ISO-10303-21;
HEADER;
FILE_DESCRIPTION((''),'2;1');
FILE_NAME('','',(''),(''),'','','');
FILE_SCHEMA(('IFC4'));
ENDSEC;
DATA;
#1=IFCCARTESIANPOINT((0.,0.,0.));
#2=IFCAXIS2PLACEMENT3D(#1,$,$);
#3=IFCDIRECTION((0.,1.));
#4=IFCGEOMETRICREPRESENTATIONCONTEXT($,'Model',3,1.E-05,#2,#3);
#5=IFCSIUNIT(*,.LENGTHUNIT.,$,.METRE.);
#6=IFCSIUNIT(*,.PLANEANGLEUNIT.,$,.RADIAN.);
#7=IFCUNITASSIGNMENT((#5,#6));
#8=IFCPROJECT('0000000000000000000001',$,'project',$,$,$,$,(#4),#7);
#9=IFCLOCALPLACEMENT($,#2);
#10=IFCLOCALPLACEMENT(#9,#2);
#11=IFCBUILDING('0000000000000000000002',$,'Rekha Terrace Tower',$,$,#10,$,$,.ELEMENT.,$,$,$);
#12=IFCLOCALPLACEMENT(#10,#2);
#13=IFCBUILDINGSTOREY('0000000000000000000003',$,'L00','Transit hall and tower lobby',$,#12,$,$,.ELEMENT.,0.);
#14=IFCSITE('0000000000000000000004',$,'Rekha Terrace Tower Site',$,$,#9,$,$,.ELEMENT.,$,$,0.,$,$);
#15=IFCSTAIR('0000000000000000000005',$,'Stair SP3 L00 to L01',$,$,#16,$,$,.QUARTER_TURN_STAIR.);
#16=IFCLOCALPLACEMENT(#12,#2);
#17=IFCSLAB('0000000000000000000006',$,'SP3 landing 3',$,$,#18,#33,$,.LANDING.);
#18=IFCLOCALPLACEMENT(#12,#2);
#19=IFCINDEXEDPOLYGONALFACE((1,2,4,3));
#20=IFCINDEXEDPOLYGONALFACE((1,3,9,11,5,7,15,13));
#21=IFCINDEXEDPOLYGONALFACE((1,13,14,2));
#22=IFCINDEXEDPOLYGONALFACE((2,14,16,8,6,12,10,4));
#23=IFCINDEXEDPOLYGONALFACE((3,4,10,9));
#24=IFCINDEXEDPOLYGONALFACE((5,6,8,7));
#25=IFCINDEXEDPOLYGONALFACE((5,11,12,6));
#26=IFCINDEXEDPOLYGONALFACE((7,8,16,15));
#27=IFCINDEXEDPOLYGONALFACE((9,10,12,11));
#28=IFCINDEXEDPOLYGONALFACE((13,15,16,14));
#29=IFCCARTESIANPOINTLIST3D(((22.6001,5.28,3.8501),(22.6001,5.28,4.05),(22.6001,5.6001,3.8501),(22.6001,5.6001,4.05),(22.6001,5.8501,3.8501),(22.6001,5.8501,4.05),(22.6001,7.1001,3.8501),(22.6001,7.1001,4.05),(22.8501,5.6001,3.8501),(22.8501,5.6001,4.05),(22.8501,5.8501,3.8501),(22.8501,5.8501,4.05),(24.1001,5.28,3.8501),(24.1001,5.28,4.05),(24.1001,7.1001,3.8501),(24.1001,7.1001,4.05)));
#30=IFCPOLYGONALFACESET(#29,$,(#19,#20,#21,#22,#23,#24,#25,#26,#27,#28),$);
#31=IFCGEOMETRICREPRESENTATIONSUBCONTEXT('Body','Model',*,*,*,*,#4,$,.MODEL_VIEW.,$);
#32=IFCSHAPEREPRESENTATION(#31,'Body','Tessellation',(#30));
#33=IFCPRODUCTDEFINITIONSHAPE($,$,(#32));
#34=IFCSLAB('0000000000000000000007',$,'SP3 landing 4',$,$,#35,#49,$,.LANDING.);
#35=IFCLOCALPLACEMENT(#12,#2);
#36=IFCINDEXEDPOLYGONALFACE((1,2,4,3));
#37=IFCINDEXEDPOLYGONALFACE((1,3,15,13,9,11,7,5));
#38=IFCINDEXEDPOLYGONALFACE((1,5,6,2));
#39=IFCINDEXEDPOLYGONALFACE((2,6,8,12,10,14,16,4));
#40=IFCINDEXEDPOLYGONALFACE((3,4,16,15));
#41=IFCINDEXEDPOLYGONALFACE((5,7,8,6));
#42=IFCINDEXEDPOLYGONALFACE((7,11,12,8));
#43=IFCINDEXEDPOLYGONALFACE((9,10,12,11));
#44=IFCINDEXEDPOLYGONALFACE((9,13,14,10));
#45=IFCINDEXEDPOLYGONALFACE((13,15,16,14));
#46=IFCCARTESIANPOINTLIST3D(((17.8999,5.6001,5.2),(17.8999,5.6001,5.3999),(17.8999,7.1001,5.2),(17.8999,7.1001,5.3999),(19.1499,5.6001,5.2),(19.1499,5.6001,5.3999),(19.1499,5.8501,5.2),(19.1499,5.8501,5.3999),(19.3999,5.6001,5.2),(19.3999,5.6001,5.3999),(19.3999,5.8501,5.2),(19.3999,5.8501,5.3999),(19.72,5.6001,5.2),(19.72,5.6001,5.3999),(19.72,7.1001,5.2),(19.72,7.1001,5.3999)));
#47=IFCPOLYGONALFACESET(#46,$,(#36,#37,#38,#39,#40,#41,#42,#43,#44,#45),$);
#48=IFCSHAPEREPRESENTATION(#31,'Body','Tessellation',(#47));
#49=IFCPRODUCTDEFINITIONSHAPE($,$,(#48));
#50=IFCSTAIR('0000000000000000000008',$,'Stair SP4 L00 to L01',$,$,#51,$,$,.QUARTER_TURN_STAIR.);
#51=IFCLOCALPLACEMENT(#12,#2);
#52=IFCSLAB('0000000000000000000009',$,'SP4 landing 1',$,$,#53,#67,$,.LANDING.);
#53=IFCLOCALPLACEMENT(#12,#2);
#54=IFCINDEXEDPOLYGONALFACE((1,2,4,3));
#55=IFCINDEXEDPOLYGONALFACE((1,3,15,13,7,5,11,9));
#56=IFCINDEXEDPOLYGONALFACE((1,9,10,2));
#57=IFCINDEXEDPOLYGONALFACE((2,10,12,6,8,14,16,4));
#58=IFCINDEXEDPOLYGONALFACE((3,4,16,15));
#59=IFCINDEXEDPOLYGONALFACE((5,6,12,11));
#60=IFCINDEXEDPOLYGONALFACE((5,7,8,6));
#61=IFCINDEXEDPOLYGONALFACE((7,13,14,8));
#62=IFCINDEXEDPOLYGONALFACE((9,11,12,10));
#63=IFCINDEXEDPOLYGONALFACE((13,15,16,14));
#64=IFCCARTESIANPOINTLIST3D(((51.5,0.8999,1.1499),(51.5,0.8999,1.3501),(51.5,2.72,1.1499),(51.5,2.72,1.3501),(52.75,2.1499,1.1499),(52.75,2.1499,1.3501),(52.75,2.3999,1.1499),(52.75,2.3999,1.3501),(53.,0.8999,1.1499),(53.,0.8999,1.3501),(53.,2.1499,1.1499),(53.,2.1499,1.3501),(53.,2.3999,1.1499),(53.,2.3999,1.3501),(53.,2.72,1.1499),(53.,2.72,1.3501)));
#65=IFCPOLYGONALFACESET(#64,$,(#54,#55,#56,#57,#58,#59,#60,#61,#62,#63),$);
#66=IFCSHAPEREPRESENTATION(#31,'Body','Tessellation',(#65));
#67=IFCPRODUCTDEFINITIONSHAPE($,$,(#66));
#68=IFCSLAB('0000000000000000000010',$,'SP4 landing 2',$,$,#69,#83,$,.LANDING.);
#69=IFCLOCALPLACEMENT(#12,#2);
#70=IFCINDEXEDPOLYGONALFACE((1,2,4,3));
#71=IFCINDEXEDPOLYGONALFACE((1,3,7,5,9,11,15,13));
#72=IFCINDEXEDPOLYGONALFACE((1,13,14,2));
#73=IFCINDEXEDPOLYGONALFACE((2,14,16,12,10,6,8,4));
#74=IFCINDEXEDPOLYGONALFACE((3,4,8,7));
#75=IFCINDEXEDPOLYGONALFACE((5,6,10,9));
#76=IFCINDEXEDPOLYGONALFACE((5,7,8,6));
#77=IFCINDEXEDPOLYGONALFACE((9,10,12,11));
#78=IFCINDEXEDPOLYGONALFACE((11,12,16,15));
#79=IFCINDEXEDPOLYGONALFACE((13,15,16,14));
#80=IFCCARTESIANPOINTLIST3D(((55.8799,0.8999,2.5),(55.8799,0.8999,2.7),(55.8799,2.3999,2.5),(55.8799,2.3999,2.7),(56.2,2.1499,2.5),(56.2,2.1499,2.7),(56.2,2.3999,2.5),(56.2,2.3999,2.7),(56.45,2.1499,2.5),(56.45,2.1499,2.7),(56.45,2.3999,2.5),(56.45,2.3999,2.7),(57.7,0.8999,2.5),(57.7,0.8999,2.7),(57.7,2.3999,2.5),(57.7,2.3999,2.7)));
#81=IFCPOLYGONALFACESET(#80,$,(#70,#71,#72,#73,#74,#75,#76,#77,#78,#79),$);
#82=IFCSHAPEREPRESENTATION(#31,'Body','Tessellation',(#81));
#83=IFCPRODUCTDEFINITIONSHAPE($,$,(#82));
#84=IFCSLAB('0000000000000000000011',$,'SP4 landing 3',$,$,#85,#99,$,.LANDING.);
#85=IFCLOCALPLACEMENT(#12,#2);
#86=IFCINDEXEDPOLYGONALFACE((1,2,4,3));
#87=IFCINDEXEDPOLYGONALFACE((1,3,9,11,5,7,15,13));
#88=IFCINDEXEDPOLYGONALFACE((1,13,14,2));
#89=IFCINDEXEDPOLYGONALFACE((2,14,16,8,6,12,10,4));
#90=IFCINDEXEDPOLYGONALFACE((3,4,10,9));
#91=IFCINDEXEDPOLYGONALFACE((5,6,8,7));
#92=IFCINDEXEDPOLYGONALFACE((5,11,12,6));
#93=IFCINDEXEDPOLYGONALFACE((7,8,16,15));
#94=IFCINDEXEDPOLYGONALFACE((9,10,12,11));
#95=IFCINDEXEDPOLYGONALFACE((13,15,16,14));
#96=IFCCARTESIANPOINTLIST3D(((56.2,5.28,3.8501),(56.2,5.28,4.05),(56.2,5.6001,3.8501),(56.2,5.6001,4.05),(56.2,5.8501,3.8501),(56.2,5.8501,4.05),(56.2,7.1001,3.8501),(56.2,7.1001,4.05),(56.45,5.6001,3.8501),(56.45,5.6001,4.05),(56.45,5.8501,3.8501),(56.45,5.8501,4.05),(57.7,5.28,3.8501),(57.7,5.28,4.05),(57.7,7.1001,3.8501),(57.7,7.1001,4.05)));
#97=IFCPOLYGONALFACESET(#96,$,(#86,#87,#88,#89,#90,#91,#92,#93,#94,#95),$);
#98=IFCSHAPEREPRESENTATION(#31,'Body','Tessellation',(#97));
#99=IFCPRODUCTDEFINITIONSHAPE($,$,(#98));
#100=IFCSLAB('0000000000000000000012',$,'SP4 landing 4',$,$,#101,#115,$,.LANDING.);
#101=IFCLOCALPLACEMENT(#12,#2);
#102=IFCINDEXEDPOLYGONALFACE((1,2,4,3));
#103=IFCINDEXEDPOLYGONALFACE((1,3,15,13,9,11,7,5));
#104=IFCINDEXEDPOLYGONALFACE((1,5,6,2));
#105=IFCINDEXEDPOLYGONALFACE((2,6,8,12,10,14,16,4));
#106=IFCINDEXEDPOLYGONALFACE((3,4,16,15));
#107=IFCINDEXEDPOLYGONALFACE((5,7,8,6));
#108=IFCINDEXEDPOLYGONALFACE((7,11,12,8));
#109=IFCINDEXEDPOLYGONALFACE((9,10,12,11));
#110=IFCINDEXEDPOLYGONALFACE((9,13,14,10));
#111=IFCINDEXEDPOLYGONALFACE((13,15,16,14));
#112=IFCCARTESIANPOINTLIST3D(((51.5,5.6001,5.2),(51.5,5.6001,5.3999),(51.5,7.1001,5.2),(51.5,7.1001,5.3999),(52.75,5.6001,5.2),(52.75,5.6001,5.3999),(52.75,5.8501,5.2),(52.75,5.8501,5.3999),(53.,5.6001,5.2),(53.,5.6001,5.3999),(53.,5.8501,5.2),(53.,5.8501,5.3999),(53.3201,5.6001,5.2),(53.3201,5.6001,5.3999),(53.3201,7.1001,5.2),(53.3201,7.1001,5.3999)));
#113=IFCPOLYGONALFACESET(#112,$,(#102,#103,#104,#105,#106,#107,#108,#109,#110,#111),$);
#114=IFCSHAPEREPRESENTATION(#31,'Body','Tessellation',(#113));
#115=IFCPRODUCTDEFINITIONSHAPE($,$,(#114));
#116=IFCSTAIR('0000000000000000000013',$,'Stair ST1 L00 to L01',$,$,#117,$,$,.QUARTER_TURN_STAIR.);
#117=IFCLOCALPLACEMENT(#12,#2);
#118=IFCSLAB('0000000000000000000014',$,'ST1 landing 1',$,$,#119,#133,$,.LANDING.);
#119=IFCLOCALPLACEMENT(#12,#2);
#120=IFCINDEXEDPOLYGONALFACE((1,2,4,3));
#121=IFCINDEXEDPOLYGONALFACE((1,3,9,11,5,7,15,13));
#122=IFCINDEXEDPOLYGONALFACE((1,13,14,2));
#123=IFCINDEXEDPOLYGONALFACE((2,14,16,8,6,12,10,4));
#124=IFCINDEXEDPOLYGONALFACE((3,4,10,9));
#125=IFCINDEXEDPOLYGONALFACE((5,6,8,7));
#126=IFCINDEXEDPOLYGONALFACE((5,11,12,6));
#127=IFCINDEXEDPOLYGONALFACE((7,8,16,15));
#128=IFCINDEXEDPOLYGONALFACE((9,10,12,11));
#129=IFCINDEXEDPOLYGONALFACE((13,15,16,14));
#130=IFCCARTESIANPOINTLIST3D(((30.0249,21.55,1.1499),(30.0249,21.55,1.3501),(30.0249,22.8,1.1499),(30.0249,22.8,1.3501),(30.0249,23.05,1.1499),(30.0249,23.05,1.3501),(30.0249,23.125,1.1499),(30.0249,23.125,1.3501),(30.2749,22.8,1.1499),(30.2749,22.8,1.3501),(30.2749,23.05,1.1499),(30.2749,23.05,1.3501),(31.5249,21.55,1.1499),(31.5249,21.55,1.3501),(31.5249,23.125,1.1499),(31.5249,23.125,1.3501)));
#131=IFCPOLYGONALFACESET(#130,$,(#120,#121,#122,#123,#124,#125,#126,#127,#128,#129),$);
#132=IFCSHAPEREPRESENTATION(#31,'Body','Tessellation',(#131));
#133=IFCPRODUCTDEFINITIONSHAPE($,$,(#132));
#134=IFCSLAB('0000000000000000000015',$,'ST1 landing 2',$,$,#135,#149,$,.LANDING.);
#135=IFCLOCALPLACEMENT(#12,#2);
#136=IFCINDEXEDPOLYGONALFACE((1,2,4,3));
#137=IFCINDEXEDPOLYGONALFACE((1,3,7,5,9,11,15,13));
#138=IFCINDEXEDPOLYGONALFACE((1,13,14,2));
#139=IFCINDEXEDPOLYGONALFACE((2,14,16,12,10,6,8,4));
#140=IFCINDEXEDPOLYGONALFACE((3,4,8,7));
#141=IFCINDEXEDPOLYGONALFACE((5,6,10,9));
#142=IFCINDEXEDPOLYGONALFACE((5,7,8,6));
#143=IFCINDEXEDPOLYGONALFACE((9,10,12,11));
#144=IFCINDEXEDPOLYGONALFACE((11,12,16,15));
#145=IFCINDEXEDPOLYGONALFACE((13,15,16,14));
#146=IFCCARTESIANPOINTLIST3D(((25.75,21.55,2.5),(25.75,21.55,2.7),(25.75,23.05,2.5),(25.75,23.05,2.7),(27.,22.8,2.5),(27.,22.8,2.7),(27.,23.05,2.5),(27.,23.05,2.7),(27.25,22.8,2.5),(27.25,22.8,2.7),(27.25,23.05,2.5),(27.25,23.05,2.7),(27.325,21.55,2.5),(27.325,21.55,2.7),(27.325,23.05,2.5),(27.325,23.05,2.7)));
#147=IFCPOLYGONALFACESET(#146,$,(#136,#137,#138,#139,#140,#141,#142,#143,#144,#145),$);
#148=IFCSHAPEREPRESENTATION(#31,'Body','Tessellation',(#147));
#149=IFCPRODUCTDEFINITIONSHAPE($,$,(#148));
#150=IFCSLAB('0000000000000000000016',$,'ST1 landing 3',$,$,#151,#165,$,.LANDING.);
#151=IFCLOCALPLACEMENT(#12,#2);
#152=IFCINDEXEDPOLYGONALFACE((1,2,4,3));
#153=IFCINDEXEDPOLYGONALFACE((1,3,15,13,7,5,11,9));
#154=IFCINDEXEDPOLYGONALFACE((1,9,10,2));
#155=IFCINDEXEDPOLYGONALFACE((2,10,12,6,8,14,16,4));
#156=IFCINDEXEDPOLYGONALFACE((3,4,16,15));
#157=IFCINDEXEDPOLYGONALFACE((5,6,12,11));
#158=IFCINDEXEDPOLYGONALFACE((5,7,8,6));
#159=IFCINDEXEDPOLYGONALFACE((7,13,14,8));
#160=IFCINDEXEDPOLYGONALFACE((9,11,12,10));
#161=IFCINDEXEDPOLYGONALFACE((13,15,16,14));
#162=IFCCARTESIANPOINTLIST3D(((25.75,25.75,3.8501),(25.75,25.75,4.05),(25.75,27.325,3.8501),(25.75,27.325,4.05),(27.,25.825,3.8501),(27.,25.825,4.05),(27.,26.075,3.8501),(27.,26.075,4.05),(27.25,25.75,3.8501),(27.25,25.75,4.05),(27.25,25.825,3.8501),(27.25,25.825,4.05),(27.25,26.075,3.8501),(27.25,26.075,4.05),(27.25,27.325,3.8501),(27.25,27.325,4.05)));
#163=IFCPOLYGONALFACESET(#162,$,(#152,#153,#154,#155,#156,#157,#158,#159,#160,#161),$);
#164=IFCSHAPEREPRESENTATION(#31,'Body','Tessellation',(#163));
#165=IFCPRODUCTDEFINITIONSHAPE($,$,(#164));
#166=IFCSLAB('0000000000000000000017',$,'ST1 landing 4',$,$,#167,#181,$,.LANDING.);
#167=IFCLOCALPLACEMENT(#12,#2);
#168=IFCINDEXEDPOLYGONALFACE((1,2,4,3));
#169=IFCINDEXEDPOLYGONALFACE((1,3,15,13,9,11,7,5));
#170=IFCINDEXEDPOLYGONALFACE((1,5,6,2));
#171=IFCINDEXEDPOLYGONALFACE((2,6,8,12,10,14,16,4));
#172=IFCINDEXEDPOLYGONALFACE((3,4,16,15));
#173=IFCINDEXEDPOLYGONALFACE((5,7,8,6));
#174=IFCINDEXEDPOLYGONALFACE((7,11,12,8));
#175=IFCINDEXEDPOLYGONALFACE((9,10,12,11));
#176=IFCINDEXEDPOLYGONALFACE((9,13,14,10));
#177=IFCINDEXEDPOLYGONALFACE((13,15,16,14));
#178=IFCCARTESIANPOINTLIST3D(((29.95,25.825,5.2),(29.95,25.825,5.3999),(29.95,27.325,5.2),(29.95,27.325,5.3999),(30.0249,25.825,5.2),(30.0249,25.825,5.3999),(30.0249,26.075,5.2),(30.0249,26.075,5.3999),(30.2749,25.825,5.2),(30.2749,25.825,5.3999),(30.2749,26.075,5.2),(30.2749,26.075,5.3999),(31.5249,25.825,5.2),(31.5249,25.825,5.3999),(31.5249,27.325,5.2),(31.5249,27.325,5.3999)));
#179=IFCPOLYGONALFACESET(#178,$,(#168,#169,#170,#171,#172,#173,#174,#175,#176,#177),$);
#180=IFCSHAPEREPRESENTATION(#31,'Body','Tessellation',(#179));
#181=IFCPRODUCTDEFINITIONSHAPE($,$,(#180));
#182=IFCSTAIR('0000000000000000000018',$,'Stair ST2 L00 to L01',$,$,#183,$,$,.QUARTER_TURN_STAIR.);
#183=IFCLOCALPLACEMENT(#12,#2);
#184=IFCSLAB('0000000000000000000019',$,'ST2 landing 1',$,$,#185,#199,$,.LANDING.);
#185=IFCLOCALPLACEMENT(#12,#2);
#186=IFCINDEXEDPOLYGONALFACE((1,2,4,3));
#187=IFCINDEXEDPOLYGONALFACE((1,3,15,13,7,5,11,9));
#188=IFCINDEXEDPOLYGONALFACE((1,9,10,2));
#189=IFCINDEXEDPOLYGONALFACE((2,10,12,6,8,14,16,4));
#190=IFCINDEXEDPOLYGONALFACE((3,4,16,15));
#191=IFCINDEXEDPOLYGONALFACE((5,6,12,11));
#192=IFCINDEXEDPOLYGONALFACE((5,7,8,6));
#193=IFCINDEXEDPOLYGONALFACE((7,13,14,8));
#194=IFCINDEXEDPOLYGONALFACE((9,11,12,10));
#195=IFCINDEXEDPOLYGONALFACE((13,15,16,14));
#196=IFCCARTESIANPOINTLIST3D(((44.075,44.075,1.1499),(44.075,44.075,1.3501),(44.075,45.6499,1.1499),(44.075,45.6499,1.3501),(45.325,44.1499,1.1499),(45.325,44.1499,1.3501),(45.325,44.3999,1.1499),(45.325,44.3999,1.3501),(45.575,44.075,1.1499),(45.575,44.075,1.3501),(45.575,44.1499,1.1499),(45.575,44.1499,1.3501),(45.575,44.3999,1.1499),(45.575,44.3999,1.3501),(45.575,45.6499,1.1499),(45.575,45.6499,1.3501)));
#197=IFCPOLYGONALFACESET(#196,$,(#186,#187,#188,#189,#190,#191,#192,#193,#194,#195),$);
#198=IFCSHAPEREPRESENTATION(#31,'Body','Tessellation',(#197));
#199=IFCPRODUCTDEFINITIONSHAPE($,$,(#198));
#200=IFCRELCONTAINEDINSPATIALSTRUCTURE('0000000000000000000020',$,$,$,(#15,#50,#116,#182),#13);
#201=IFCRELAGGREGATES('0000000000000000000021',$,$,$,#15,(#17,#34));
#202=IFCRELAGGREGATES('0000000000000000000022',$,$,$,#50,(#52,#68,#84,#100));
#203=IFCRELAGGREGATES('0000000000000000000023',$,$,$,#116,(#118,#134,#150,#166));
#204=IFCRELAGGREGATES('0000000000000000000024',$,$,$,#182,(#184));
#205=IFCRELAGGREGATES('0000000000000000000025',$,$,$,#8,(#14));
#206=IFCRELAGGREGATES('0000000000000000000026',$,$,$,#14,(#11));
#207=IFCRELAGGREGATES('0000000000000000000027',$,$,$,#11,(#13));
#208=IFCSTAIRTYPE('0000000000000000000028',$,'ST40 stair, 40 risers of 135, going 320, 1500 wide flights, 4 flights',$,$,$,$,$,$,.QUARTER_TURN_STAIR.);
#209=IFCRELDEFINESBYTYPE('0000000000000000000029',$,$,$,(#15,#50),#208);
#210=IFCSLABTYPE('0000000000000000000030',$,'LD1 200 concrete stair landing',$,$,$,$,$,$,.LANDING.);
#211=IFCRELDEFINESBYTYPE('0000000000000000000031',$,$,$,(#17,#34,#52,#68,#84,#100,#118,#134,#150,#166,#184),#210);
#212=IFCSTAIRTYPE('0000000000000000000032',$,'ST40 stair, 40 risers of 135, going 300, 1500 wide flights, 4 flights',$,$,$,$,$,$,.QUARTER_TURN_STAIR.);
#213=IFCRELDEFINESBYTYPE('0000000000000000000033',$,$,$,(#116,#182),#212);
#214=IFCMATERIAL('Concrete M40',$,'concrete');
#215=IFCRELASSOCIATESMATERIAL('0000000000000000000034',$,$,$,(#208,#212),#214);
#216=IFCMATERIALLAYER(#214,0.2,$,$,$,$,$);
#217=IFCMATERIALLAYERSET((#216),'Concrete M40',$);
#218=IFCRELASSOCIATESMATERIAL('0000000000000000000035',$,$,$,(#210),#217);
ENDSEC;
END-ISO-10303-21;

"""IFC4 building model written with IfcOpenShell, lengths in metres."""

from ifc_helpers import new_model, si_unit, direction, frame, origin, place, context, subcontext, project, spatial, polyline, outline, extrude, material, layer, layer_set, type_object, element, aggregate, save


model = new_model("IFC4")

# Units and contexts
model_context = context("Model", 3, precision=1e-05, world=origin(), true_north=direction((0.0, 1.0)))
body_context = subcontext(model_context, "Body", "Model", "MODEL_VIEW")
ifc_project = project(units=[si_unit("LENGTHUNIT", "METRE"), si_unit("PLANEANGLEUNIT", "RADIAN")], contexts=[model_context])

# Site, building, storey
site_placement = place(None, origin())
site = spatial("IfcSite", under=ifc_project, at=site_placement, Name="Rekha Terrace Tower Site", CompositionType="ELEMENT", RefElevation=0.0)
building_placement = place(site_placement, origin())
building = spatial("IfcBuilding", under=site, at=building_placement, Name="Rekha Terrace Tower", CompositionType="ELEMENT")
storey_placement = place(building_placement, origin())
storey = spatial("IfcBuildingStorey", under=building, at=storey_placement, Name="L00", Description="Transit hall and tower lobby", CompositionType="ELEMENT", Elevation=0.0)

# Stairs, slabs
ifc_material_1 = material(Name="Concrete M40", Category="concrete")
stair_type_1 = type_object("IfcStairType", Name="ST40 stair, 40 risers of 135, going 320, 1500 wide flights, 4 flights", PredefinedType="QUARTER_TURN_STAIR", material=ifc_material_1)
ifc_layer_1 = layer(ifc_material_1, 0.2)
ifc_layer_set_1 = layer_set([ifc_layer_1], Name="Concrete M40")
slab_type_1 = type_object("IfcSlabType", Name="LD1 200 concrete stair landing", PredefinedType="LANDING", material=ifc_layer_set_1)
stair_1_placement = place(storey_placement, origin())
stair_1 = element("IfcStair", 1, at=stair_1_placement, inside=storey, type_object=stair_type_1, Name="Stair SP3 L00 to L01", PredefinedType="QUARTER_TURN_STAIR")
slab_1_placement = place(storey_placement, frame((0.0, 0.0, 3.8501)))
slab_1 = element("IfcSlab", 2, at=slab_1_placement, type_object=slab_type_1, Name="SP3 landing 3", PredefinedType="LANDING", context=body_context, shape_type="SweptSolid", body=[
    extrude(outline(polyline([(22.6001, 7.1001), (24.1001, 7.1001), (24.1001, 5.28), (22.6001, 5.28), (22.6001, 5.6001), (22.8501, 5.6001), (22.8501, 5.8501), (22.6001, 5.8501), (22.6001, 7.1001)])), origin(), (0.0, 0.0, 1.0), 0.2),
])
slab_2_placement = place(storey_placement, frame((0.0, 0.0, 5.2)))
slab_2 = element("IfcSlab", 3, at=slab_2_placement, type_object=slab_type_1, Name="SP3 landing 4", PredefinedType="LANDING", context=body_context, shape_type="SweptSolid", body=[
    extrude(outline(polyline([(17.8999, 5.6001), (17.8999, 7.1001), (19.72, 7.1001), (19.72, 5.6001), (19.3999, 5.6001), (19.3999, 5.8501), (19.1499, 5.8501), (19.1499, 5.6001), (17.8999, 5.6001)])), origin(), (0.0, 0.0, 1.0), 0.2),
])
aggregate(stair_1, [slab_1, slab_2])
stair_2_placement = place(storey_placement, origin())
stair_2 = element("IfcStair", 4, at=stair_2_placement, inside=storey, type_object=stair_type_1, Name="Stair SP4 L00 to L01", PredefinedType="QUARTER_TURN_STAIR")
slab_3_placement = place(storey_placement, frame((0.0, 0.0, 1.1499)))
slab_3 = element("IfcSlab", 5, at=slab_3_placement, type_object=slab_type_1, Name="SP4 landing 1", PredefinedType="LANDING", context=body_context, shape_type="SweptSolid", body=[
    extrude(outline(polyline([(53.0, 0.8999), (51.5, 0.8999), (51.5, 2.72), (53.0, 2.72), (53.0, 2.3999), (52.75, 2.3999), (52.75, 2.1499), (53.0, 2.1499), (53.0, 0.8999)])), origin(), (0.0, 0.0, 1.0), 0.2002),
])
slab_4_placement = place(storey_placement, frame((0.0, 0.0, 2.5)))
slab_4 = element("IfcSlab", 6, at=slab_4_placement, type_object=slab_type_1, Name="SP4 landing 2", PredefinedType="LANDING", context=body_context, shape_type="SweptSolid", body=[
    extrude(outline(polyline([(57.7, 2.3999), (57.7, 0.8999), (55.8799, 0.8999), (55.8799, 2.3999), (56.2, 2.3999), (56.2, 2.1499), (56.45, 2.1499), (56.45, 2.3999), (57.7, 2.3999)])), origin(), (0.0, 0.0, 1.0), 0.2),
])
slab_5_placement = place(storey_placement, frame((0.0, 0.0, 3.8501)))
slab_5 = element("IfcSlab", 7, at=slab_5_placement, type_object=slab_type_1, Name="SP4 landing 3", PredefinedType="LANDING", context=body_context, shape_type="SweptSolid", body=[
    extrude(outline(polyline([(56.2, 7.1001), (57.7, 7.1001), (57.7, 5.28), (56.2, 5.28), (56.2, 5.6001), (56.45, 5.6001), (56.45, 5.8501), (56.2, 5.8501), (56.2, 7.1001)])), origin(), (0.0, 0.0, 1.0), 0.2),
])
slab_6_placement = place(storey_placement, frame((0.0, 0.0, 5.2)))
slab_6 = element("IfcSlab", 8, at=slab_6_placement, type_object=slab_type_1, Name="SP4 landing 4", PredefinedType="LANDING", context=body_context, shape_type="SweptSolid", body=[
    extrude(outline(polyline([(51.5, 5.6001), (51.5, 7.1001), (53.3201, 7.1001), (53.3201, 5.6001), (53.0, 5.6001), (53.0, 5.8501), (52.75, 5.8501), (52.75, 5.6001), (51.5, 5.6001)])), origin(), (0.0, 0.0, 1.0), 0.2),
])
aggregate(stair_2, [slab_3, slab_4, slab_5, slab_6])
stair_type_2 = type_object("IfcStairType", Name="ST40 stair, 40 risers of 135, going 300, 1500 wide flights, 4 flights", PredefinedType="QUARTER_TURN_STAIR", material=ifc_material_1)
stair_3_placement = place(storey_placement, origin())
stair_3 = element("IfcStair", 9, at=stair_3_placement, inside=storey, type_object=stair_type_2, Name="Stair ST1 L00 to L01", PredefinedType="QUARTER_TURN_STAIR")
slab_7_placement = place(storey_placement, frame((0.0, 0.0, 1.1499)))
slab_7 = element("IfcSlab", 10, at=slab_7_placement, type_object=slab_type_1, Name="ST1 landing 1", PredefinedType="LANDING", context=body_context, shape_type="SweptSolid", body=[
    extrude(outline(polyline([(30.0249, 21.55), (31.5249, 21.55), (31.5249, 23.125), (30.0249, 23.125), (30.0249, 23.05), (30.2749, 23.05), (30.2749, 22.8), (30.0249, 22.8), (30.0249, 21.55)])), origin(), (0.0, 0.0, 1.0), 0.2002),
])
slab_8_placement = place(storey_placement, frame((0.0, 0.0, 2.5)))
slab_8 = element("IfcSlab", 11, at=slab_8_placement, type_object=slab_type_1, Name="ST1 landing 2", PredefinedType="LANDING", context=body_context, shape_type="SweptSolid", body=[
    extrude(outline(polyline([(25.75, 23.05), (25.75, 21.55), (27.325, 21.55), (27.325, 23.05), (27.25, 23.05), (27.25, 22.8), (27.0, 22.8), (27.0, 23.05), (25.75, 23.05)])), origin(), (0.0, 0.0, 1.0), 0.2),
])
slab_9_placement = place(storey_placement, frame((0.0, 0.0, 3.8501)))
slab_9 = element("IfcSlab", 12, at=slab_9_placement, type_object=slab_type_1, Name="ST1 landing 3", PredefinedType="LANDING", context=body_context, shape_type="SweptSolid", body=[
    extrude(outline(polyline([(27.25, 27.325), (25.75, 27.325), (25.75, 25.75), (27.25, 25.75), (27.25, 25.825), (27.0, 25.825), (27.0, 26.075), (27.25, 26.075), (27.25, 27.325)])), origin(), (0.0, 0.0, 1.0), 0.2),
])
slab_10_placement = place(storey_placement, frame((0.0, 0.0, 5.2)))
slab_10 = element("IfcSlab", 13, at=slab_10_placement, type_object=slab_type_1, Name="ST1 landing 4", PredefinedType="LANDING", context=body_context, shape_type="SweptSolid", body=[
    extrude(outline(polyline([(31.5249, 25.825), (31.5249, 27.325), (29.95, 27.325), (29.95, 25.825), (30.0249, 25.825), (30.0249, 26.075), (30.2749, 26.075), (30.2749, 25.825), (31.5249, 25.825)])), origin(), (0.0, 0.0, 1.0), 0.2),
])
aggregate(stair_3, [slab_7, slab_8, slab_9, slab_10])
stair_4_placement = place(storey_placement, origin())
stair_4 = element("IfcStair", 14, at=stair_4_placement, inside=storey, type_object=stair_type_2, Name="Stair ST2 L00 to L01", PredefinedType="QUARTER_TURN_STAIR")
slab_11_placement = place(storey_placement, frame((0.0, 0.0, 1.1499)))
slab_11 = element("IfcSlab", 15, at=slab_11_placement, type_object=slab_type_1, Name="ST2 landing 1", PredefinedType="LANDING", context=body_context, shape_type="SweptSolid", body=[
    extrude(outline(polyline([(45.575, 45.6499), (44.075, 45.6499), (44.075, 44.075), (45.575, 44.075), (45.575, 44.1499), (45.325, 44.1499), (45.325, 44.3999), (45.575, 44.3999), (45.575, 45.6499)])), origin(), (0.0, 0.0, 1.0), 0.2002),
])
aggregate(stair_4, [slab_11])

save(model, "model.ifc")
